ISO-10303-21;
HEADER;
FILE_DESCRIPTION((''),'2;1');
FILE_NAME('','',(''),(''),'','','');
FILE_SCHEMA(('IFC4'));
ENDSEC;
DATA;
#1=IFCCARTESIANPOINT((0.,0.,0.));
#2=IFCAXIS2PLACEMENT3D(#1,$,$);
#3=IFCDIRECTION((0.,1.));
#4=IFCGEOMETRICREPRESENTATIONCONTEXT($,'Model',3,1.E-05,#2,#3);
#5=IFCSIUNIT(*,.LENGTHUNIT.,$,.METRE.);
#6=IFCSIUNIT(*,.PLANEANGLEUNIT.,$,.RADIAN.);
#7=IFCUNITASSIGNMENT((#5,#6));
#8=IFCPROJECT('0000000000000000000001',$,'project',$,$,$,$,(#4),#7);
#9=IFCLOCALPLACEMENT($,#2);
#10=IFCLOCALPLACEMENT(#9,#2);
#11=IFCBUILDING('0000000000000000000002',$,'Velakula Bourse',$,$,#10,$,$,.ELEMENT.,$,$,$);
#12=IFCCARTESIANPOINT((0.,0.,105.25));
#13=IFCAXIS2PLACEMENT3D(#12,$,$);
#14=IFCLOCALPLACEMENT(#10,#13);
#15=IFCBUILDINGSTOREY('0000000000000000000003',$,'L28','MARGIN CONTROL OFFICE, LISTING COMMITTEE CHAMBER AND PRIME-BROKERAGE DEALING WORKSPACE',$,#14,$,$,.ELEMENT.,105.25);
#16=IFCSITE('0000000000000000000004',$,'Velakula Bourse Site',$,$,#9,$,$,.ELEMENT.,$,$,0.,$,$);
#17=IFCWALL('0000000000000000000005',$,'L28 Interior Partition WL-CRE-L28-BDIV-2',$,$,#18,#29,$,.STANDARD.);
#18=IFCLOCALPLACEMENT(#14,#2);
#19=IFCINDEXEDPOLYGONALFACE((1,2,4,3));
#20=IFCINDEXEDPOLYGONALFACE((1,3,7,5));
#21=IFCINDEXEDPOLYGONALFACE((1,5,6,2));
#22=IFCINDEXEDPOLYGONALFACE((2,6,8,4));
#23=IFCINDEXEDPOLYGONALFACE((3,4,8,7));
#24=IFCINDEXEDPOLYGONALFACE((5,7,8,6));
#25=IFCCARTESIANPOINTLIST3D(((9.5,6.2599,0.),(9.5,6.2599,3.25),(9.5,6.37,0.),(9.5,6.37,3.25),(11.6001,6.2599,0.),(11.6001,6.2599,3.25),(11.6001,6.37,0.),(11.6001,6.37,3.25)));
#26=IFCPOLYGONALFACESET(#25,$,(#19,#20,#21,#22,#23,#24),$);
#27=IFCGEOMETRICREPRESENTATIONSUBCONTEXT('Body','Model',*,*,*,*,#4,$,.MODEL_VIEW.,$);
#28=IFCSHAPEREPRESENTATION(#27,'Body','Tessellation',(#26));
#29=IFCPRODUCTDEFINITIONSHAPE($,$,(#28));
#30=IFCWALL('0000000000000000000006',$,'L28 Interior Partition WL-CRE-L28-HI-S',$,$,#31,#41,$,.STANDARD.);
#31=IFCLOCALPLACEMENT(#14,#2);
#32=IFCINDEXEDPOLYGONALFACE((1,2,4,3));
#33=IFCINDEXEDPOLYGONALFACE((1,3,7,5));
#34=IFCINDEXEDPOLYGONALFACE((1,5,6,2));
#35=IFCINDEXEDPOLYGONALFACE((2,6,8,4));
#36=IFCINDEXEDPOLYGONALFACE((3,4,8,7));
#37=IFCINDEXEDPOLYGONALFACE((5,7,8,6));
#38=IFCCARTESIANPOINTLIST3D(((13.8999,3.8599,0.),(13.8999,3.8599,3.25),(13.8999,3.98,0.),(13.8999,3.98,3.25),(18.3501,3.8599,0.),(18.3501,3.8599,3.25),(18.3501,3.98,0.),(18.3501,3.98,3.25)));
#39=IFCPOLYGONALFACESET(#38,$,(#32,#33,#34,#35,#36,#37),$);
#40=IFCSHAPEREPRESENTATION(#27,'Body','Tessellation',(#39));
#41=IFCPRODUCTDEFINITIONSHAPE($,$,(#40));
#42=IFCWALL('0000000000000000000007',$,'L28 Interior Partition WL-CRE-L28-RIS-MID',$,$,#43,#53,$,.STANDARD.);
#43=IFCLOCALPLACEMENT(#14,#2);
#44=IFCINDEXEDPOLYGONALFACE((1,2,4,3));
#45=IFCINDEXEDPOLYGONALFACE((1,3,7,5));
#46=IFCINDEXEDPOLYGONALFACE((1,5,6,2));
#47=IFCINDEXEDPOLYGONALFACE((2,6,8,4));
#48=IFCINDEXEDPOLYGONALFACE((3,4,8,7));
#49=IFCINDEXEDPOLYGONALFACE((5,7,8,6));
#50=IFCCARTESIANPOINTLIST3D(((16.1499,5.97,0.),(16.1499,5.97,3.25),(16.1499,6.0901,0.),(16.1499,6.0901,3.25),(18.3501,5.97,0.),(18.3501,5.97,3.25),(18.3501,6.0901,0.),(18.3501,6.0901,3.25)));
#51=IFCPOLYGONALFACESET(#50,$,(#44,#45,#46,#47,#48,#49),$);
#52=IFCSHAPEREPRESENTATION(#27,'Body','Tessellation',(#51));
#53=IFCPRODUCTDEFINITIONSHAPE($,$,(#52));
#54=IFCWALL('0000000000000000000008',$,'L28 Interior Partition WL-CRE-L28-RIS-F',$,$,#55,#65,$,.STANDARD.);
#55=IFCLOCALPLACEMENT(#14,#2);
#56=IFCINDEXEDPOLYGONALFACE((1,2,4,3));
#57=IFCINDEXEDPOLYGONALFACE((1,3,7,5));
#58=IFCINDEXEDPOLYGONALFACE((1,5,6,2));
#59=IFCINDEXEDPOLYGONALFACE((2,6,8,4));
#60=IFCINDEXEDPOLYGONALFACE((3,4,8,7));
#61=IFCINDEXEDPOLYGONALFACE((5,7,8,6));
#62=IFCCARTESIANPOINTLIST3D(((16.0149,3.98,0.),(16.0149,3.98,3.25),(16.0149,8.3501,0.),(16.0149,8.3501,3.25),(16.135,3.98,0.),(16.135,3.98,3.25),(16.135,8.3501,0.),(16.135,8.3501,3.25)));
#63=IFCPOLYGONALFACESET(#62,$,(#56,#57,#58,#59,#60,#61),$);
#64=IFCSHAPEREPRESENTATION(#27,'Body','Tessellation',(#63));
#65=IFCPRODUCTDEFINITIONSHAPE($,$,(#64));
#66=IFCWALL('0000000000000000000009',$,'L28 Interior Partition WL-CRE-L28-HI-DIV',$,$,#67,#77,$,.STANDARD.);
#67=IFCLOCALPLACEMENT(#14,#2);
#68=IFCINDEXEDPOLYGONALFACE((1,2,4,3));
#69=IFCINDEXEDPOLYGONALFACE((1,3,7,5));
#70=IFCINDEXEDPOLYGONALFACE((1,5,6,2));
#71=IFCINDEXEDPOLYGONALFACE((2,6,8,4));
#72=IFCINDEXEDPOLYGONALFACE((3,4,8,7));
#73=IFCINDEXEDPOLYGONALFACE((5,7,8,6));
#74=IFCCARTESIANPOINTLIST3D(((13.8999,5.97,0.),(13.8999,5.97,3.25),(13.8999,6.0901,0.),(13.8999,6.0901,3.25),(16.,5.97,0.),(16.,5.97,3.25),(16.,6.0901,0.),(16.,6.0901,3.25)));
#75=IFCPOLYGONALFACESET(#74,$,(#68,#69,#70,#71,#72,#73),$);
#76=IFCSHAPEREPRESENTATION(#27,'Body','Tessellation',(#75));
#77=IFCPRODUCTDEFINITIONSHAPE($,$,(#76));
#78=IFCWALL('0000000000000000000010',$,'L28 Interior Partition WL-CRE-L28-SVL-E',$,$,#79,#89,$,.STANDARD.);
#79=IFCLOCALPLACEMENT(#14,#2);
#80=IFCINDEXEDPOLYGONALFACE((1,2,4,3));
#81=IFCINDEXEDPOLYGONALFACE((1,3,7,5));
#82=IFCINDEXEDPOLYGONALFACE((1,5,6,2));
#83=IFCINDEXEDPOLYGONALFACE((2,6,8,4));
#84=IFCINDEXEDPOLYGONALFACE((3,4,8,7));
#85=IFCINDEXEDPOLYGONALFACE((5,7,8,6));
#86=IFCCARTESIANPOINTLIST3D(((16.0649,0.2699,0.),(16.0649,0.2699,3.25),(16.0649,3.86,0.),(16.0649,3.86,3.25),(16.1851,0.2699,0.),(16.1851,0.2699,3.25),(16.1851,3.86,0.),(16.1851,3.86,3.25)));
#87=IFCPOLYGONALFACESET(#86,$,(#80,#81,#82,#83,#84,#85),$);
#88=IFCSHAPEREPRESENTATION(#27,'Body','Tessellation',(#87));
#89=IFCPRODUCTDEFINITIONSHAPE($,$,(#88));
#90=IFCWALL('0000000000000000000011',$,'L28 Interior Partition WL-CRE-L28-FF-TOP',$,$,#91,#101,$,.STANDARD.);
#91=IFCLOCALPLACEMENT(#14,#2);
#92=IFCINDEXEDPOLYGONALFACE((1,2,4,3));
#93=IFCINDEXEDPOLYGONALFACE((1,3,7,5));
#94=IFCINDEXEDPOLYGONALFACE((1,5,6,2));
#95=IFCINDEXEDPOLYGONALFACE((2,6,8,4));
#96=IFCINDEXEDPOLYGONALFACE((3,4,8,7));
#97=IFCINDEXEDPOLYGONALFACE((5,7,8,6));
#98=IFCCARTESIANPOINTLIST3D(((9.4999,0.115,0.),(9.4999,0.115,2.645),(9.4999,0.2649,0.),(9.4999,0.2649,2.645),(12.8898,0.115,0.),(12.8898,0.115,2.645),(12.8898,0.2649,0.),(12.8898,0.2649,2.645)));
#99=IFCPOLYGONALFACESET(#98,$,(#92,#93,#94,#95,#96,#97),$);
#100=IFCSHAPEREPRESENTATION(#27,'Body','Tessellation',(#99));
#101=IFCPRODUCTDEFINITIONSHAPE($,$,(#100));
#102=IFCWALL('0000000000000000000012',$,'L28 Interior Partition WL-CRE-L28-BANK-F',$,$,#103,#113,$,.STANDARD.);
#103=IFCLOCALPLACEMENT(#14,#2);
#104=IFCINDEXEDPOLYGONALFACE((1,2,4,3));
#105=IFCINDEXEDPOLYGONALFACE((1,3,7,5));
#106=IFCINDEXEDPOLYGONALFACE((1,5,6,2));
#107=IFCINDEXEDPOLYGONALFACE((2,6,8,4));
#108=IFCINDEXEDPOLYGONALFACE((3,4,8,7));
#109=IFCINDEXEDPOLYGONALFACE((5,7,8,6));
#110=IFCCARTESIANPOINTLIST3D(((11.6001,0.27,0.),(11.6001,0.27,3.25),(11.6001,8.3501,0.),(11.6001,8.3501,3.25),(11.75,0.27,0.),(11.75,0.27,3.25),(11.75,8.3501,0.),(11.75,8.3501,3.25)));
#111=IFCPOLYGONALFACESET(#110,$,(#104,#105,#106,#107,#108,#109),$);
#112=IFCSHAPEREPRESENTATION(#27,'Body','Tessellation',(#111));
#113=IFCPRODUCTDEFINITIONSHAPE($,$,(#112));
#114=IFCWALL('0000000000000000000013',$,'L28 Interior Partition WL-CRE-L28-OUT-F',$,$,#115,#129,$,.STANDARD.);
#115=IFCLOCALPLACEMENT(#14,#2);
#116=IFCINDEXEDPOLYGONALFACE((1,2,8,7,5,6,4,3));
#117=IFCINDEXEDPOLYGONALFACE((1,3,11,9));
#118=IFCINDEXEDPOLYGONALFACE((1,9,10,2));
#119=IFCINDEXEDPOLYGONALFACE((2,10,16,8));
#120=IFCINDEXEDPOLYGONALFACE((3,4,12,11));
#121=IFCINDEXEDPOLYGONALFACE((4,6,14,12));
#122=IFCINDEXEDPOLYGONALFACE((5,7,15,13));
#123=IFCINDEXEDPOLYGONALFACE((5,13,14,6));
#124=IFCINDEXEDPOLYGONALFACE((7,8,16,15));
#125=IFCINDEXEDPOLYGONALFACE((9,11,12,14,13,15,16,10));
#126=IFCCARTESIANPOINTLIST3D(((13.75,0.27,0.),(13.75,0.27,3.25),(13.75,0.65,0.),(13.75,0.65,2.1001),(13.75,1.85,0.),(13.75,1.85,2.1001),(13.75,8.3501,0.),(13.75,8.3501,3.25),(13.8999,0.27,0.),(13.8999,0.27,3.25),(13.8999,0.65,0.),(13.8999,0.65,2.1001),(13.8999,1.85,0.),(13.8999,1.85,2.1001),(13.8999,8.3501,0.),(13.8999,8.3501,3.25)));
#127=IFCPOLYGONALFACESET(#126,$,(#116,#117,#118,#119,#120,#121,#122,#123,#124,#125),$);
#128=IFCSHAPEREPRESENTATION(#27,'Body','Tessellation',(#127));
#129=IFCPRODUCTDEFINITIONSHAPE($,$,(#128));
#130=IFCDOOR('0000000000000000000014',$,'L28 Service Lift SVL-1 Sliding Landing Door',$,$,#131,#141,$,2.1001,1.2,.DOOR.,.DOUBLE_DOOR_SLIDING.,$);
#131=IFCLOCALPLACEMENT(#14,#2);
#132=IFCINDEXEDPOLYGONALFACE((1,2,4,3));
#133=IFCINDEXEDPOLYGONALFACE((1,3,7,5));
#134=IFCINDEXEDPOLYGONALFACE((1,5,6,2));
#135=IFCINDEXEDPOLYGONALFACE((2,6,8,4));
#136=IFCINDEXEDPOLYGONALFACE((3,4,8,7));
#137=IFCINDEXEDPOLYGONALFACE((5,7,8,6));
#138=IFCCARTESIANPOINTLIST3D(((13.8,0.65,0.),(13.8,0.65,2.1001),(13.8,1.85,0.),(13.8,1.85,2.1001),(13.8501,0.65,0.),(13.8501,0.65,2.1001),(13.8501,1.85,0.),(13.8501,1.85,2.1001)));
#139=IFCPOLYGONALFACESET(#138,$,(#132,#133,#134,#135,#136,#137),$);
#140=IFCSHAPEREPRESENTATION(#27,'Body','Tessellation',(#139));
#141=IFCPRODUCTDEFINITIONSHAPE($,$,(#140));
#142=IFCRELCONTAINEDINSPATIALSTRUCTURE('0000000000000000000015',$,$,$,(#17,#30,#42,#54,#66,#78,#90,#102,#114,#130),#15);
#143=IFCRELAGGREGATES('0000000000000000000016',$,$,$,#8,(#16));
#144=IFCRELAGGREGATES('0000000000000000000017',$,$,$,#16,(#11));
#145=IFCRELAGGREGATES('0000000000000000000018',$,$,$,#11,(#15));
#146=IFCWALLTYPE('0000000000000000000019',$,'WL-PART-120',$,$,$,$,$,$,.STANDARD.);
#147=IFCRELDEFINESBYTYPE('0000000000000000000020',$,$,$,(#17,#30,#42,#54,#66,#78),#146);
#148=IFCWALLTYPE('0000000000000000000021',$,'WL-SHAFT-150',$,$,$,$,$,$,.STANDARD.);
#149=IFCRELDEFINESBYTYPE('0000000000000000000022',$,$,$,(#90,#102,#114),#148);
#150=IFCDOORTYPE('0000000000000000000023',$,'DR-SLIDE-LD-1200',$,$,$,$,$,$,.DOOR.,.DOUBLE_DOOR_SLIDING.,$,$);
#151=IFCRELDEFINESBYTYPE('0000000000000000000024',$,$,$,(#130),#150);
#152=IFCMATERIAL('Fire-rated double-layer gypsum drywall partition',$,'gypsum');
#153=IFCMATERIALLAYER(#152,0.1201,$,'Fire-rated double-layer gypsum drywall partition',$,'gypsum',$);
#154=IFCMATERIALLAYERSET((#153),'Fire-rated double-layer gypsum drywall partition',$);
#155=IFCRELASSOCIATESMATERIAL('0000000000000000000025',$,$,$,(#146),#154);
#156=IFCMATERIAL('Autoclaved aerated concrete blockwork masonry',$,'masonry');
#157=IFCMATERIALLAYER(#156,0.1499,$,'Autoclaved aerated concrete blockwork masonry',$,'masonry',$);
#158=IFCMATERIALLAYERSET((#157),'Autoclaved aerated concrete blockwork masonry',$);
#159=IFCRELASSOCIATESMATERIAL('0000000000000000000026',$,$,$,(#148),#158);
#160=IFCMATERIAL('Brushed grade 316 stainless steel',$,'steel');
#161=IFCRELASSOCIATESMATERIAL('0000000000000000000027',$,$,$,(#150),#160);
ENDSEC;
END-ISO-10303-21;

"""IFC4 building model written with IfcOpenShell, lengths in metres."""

from ifc_helpers import new_model, si_unit, direction, frame, frame_2d, origin, place, context, subcontext, project, spatial, rectangle, extrude, material, layer, layer_set, type_object, element, fill, save


model = new_model("IFC4")

# Units and contexts
model_context = context("Model", 3, precision=1e-05, world=origin(), true_north=direction((0.0, 1.0)))
body_context = subcontext(model_context, "Body", "Model", "MODEL_VIEW")
ifc_project = project(units=[si_unit("LENGTHUNIT", "METRE"), si_unit("PLANEANGLEUNIT", "RADIAN")], contexts=[model_context])

# Site, building, storey
site_placement = place(None, origin())
site = spatial("IfcSite", under=ifc_project, at=site_placement, Name="Velakula Bourse Site", CompositionType="ELEMENT", RefElevation=0.0)
building_placement = place(site_placement, origin())
building = spatial("IfcBuilding", under=site, at=building_placement, Name="Velakula Bourse", CompositionType="ELEMENT")
storey_placement = place(building_placement, frame((0.0, 0.0, 105.25)))
storey = spatial("IfcBuildingStorey", under=building, at=storey_placement, Name="L28", Description="MARGIN CONTROL OFFICE, LISTING COMMITTEE CHAMBER AND PRIME-BROKERAGE DEALING WORKSPACE", CompositionType="ELEMENT", Elevation=105.25)

# Walls
ifc_material_1 = material(Name="Fire-rated double-layer gypsum drywall partition", Category="gypsum")
ifc_layer_1 = layer(ifc_material_1, 0.1201, Name="Fire-rated double-layer gypsum drywall partition", Category="gypsum")
ifc_layer_set_1 = layer_set([ifc_layer_1], Name="Fire-rated double-layer gypsum drywall partition")
wall_type_1 = type_object("IfcWallType", Name="WL-PART-120", PredefinedType="STANDARD", material=ifc_layer_set_1)
for number, where, z_axis, x_axis, name in (
    (1, (9.5, 6.3149, 0.0), (0.0, 0.0, 1.0), (1.0, 0.0, 0.0), "L28 Interior Partition WL-CRE-L28-BDIV-2"),
):
    element("IfcWall", number, at=place(storey_placement, frame(where, z_axis=z_axis, x_axis=x_axis)), inside=storey, type_object=wall_type_1, Name=name, PredefinedType="STANDARD", context=body_context, shape_type="SweptSolid", body=[
        extrude(rectangle(XDim=2.1001, YDim=0.1101, at=frame_2d((1.05, 0.0))), origin(), (0.0, 0.0, 1.0), 3.25),
    ])
wall_1_placement = place(storey_placement, frame((13.8999, 3.9199, 0.0), z_axis=(0.0, 0.0, 1.0), x_axis=(1.0, 0.0, 0.0)))
element("IfcWall", 2, at=wall_1_placement, inside=storey, type_object=wall_type_1, Name="L28 Interior Partition WL-CRE-L28-HI-S", PredefinedType="STANDARD", context=body_context, shape_type="SweptSolid", body=[
    extrude(rectangle(XDim=4.4502, YDim=0.1201, at=frame_2d((2.2251, 0.0))), origin(), (0.0, 0.0, 1.0), 3.25),
])
wall_2_placement = place(storey_placement, frame((16.1499, 6.03, 0.0), z_axis=(0.0, 0.0, 1.0), x_axis=(1.0, 0.0, 0.0)))
element("IfcWall", 3, at=wall_2_placement, inside=storey, type_object=wall_type_1, Name="L28 Interior Partition WL-CRE-L28-RIS-MID", PredefinedType="STANDARD", context=body_context, shape_type="SweptSolid", body=[
    extrude(rectangle(XDim=2.2002, YDim=0.1201, at=frame_2d((1.1001, 0.0))), origin(), (0.0, 0.0, 1.0), 3.25),
])
wall_3_placement = place(storey_placement, frame((16.075, 3.98, 0.0), z_axis=(0.0, 0.0, 1.0), x_axis=(0.0, 1.0, 0.0)))
element("IfcWall", 4, at=wall_3_placement, inside=storey, type_object=wall_type_1, Name="L28 Interior Partition WL-CRE-L28-RIS-F", PredefinedType="STANDARD", context=body_context, shape_type="SweptSolid", body=[
    extrude(rectangle(XDim=4.3701, YDim=0.1201, at=frame_2d((2.1851, 0.0))), origin(), (0.0, 0.0, 1.0), 3.25),
])
wall_4_placement = place(storey_placement, frame((13.8999, 6.03, 0.0), z_axis=(0.0, 0.0, 1.0), x_axis=(1.0, 0.0, 0.0)))
element("IfcWall", 5, at=wall_4_placement, inside=storey, type_object=wall_type_1, Name="L28 Interior Partition WL-CRE-L28-HI-DIV", PredefinedType="STANDARD", context=body_context, shape_type="SweptSolid", body=[
    extrude(rectangle(XDim=2.1001, YDim=0.1201, at=frame_2d((1.05, 0.0))), origin(), (0.0, 0.0, 1.0), 3.25),
])
wall_5_placement = place(storey_placement, frame((16.125, 0.27, 0.0), z_axis=(0.0, 0.0, 1.0), x_axis=(0.0, 1.0, 0.0)))
element("IfcWall", 6, at=wall_5_placement, inside=storey, type_object=wall_type_1, Name="L28 Interior Partition WL-CRE-L28-SVL-E", PredefinedType="STANDARD", context=body_context, shape_type="SweptSolid", body=[
    extrude(rectangle(XDim=3.5901, YDim=0.1201, at=frame_2d((1.7949, 0.0))), origin(), (0.0, 0.0, 1.0), 3.25),
])
ifc_material_2 = material(Name="Autoclaved aerated concrete blockwork masonry", Category="masonry")
ifc_layer_2 = layer(ifc_material_2, 0.1499, Name="Autoclaved aerated concrete blockwork masonry", Category="masonry")
ifc_layer_set_2 = layer_set([ifc_layer_2], Name="Autoclaved aerated concrete blockwork masonry")
wall_type_2 = type_object("IfcWallType", Name="WL-SHAFT-150", PredefinedType="STANDARD", material=ifc_layer_set_2)
wall_6_placement = place(storey_placement, frame((9.5, 0.1899, 0.0), z_axis=(0.0, 0.0, 1.0), x_axis=(1.0, 0.0, 0.0)))
element("IfcWall", 7, at=wall_6_placement, inside=storey, type_object=wall_type_2, Name="L28 Interior Partition WL-CRE-L28-FF-TOP", PredefinedType="STANDARD", context=body_context, shape_type="SweptSolid", body=[
    extrude(rectangle(XDim=3.3899, YDim=0.1499, at=frame_2d((1.6948, 0.0))), origin(), (0.0, 0.0, 1.0), 2.645),
])
wall_7_placement = place(storey_placement, frame((11.675, 0.27, 0.0), z_axis=(0.0, 0.0, 1.0), x_axis=(0.0, 1.0, 0.0)))
element("IfcWall", 8, at=wall_7_placement, inside=storey, type_object=wall_type_2, Name="L28 Interior Partition WL-CRE-L28-BANK-F", PredefinedType="STANDARD", context=body_context, shape_type="SweptSolid", body=[
    extrude(rectangle(XDim=8.0801, YDim=0.1499, at=frame_2d((4.04, 0.0))), origin(), (0.0, 0.0, 1.0), 3.25),
])

# Wall, opening, door
wall_8_placement = place(storey_placement, frame((13.825, 0.27, 0.0), z_axis=(0.0, 0.0, 1.0), x_axis=(0.0, 1.0, 0.0)))
wall_8 = element("IfcWall", 9, at=wall_8_placement, inside=storey, type_object=wall_type_2, Name="L28 Interior Partition WL-CRE-L28-OUT-F", PredefinedType="STANDARD", context=body_context, shape_type="SweptSolid", body=[
    extrude(rectangle(XDim=8.0801, YDim=0.1499, at=frame_2d((4.04, 0.0))), origin(), (0.0, 0.0, 1.0), 3.25),
])
opening_placement = place(wall_8_placement, frame((0.3799, 0.0, 0.0)))
opening = element("IfcOpeningElement", 10, at=opening_placement, cuts=wall_8, PredefinedType="OPENING", context=body_context, shape_type="SweptSolid", body=[
    extrude(rectangle(XDim=1.2, YDim=2.1001, at=frame_2d((0.6001, 1.05))), frame((0.0, 0.085, 0.0), z_axis=(0.0, -1.0, 0.0), x_axis=(1.0, 0.0, 0.0)), (0.0, 0.0, 1.0), 0.1699),
])
ifc_material_3 = material(Name="Brushed grade 316 stainless steel", Category="steel")
door_type = type_object("IfcDoorType", Name="DR-SLIDE-LD-1200", OperationType="DOUBLE_DOOR_SLIDING", PredefinedType="DOOR", material=ifc_material_3)
door_placement = place(opening_placement, origin())
door = element("IfcDoor", 11, at=door_placement, inside=storey, type_object=door_type, Name="L28 Service Lift SVL-1 Sliding Landing Door", OperationType="DOUBLE_DOOR_SLIDING", OverallHeight=2.1001, OverallWidth=1.2, PredefinedType="DOOR", context=body_context, shape_type="SweptSolid", body=[
    extrude(rectangle(XDim=1.2, YDim=2.1001, at=frame_2d((0.6001, 1.05))), frame((0.0, 0.0249, 0.0), z_axis=(0.0, -1.0, 0.0), x_axis=(1.0, 0.0, 0.0)), (0.0, 0.0, 1.0), 0.05),
])
fill(opening, door)

save(model, "model.ifc")
